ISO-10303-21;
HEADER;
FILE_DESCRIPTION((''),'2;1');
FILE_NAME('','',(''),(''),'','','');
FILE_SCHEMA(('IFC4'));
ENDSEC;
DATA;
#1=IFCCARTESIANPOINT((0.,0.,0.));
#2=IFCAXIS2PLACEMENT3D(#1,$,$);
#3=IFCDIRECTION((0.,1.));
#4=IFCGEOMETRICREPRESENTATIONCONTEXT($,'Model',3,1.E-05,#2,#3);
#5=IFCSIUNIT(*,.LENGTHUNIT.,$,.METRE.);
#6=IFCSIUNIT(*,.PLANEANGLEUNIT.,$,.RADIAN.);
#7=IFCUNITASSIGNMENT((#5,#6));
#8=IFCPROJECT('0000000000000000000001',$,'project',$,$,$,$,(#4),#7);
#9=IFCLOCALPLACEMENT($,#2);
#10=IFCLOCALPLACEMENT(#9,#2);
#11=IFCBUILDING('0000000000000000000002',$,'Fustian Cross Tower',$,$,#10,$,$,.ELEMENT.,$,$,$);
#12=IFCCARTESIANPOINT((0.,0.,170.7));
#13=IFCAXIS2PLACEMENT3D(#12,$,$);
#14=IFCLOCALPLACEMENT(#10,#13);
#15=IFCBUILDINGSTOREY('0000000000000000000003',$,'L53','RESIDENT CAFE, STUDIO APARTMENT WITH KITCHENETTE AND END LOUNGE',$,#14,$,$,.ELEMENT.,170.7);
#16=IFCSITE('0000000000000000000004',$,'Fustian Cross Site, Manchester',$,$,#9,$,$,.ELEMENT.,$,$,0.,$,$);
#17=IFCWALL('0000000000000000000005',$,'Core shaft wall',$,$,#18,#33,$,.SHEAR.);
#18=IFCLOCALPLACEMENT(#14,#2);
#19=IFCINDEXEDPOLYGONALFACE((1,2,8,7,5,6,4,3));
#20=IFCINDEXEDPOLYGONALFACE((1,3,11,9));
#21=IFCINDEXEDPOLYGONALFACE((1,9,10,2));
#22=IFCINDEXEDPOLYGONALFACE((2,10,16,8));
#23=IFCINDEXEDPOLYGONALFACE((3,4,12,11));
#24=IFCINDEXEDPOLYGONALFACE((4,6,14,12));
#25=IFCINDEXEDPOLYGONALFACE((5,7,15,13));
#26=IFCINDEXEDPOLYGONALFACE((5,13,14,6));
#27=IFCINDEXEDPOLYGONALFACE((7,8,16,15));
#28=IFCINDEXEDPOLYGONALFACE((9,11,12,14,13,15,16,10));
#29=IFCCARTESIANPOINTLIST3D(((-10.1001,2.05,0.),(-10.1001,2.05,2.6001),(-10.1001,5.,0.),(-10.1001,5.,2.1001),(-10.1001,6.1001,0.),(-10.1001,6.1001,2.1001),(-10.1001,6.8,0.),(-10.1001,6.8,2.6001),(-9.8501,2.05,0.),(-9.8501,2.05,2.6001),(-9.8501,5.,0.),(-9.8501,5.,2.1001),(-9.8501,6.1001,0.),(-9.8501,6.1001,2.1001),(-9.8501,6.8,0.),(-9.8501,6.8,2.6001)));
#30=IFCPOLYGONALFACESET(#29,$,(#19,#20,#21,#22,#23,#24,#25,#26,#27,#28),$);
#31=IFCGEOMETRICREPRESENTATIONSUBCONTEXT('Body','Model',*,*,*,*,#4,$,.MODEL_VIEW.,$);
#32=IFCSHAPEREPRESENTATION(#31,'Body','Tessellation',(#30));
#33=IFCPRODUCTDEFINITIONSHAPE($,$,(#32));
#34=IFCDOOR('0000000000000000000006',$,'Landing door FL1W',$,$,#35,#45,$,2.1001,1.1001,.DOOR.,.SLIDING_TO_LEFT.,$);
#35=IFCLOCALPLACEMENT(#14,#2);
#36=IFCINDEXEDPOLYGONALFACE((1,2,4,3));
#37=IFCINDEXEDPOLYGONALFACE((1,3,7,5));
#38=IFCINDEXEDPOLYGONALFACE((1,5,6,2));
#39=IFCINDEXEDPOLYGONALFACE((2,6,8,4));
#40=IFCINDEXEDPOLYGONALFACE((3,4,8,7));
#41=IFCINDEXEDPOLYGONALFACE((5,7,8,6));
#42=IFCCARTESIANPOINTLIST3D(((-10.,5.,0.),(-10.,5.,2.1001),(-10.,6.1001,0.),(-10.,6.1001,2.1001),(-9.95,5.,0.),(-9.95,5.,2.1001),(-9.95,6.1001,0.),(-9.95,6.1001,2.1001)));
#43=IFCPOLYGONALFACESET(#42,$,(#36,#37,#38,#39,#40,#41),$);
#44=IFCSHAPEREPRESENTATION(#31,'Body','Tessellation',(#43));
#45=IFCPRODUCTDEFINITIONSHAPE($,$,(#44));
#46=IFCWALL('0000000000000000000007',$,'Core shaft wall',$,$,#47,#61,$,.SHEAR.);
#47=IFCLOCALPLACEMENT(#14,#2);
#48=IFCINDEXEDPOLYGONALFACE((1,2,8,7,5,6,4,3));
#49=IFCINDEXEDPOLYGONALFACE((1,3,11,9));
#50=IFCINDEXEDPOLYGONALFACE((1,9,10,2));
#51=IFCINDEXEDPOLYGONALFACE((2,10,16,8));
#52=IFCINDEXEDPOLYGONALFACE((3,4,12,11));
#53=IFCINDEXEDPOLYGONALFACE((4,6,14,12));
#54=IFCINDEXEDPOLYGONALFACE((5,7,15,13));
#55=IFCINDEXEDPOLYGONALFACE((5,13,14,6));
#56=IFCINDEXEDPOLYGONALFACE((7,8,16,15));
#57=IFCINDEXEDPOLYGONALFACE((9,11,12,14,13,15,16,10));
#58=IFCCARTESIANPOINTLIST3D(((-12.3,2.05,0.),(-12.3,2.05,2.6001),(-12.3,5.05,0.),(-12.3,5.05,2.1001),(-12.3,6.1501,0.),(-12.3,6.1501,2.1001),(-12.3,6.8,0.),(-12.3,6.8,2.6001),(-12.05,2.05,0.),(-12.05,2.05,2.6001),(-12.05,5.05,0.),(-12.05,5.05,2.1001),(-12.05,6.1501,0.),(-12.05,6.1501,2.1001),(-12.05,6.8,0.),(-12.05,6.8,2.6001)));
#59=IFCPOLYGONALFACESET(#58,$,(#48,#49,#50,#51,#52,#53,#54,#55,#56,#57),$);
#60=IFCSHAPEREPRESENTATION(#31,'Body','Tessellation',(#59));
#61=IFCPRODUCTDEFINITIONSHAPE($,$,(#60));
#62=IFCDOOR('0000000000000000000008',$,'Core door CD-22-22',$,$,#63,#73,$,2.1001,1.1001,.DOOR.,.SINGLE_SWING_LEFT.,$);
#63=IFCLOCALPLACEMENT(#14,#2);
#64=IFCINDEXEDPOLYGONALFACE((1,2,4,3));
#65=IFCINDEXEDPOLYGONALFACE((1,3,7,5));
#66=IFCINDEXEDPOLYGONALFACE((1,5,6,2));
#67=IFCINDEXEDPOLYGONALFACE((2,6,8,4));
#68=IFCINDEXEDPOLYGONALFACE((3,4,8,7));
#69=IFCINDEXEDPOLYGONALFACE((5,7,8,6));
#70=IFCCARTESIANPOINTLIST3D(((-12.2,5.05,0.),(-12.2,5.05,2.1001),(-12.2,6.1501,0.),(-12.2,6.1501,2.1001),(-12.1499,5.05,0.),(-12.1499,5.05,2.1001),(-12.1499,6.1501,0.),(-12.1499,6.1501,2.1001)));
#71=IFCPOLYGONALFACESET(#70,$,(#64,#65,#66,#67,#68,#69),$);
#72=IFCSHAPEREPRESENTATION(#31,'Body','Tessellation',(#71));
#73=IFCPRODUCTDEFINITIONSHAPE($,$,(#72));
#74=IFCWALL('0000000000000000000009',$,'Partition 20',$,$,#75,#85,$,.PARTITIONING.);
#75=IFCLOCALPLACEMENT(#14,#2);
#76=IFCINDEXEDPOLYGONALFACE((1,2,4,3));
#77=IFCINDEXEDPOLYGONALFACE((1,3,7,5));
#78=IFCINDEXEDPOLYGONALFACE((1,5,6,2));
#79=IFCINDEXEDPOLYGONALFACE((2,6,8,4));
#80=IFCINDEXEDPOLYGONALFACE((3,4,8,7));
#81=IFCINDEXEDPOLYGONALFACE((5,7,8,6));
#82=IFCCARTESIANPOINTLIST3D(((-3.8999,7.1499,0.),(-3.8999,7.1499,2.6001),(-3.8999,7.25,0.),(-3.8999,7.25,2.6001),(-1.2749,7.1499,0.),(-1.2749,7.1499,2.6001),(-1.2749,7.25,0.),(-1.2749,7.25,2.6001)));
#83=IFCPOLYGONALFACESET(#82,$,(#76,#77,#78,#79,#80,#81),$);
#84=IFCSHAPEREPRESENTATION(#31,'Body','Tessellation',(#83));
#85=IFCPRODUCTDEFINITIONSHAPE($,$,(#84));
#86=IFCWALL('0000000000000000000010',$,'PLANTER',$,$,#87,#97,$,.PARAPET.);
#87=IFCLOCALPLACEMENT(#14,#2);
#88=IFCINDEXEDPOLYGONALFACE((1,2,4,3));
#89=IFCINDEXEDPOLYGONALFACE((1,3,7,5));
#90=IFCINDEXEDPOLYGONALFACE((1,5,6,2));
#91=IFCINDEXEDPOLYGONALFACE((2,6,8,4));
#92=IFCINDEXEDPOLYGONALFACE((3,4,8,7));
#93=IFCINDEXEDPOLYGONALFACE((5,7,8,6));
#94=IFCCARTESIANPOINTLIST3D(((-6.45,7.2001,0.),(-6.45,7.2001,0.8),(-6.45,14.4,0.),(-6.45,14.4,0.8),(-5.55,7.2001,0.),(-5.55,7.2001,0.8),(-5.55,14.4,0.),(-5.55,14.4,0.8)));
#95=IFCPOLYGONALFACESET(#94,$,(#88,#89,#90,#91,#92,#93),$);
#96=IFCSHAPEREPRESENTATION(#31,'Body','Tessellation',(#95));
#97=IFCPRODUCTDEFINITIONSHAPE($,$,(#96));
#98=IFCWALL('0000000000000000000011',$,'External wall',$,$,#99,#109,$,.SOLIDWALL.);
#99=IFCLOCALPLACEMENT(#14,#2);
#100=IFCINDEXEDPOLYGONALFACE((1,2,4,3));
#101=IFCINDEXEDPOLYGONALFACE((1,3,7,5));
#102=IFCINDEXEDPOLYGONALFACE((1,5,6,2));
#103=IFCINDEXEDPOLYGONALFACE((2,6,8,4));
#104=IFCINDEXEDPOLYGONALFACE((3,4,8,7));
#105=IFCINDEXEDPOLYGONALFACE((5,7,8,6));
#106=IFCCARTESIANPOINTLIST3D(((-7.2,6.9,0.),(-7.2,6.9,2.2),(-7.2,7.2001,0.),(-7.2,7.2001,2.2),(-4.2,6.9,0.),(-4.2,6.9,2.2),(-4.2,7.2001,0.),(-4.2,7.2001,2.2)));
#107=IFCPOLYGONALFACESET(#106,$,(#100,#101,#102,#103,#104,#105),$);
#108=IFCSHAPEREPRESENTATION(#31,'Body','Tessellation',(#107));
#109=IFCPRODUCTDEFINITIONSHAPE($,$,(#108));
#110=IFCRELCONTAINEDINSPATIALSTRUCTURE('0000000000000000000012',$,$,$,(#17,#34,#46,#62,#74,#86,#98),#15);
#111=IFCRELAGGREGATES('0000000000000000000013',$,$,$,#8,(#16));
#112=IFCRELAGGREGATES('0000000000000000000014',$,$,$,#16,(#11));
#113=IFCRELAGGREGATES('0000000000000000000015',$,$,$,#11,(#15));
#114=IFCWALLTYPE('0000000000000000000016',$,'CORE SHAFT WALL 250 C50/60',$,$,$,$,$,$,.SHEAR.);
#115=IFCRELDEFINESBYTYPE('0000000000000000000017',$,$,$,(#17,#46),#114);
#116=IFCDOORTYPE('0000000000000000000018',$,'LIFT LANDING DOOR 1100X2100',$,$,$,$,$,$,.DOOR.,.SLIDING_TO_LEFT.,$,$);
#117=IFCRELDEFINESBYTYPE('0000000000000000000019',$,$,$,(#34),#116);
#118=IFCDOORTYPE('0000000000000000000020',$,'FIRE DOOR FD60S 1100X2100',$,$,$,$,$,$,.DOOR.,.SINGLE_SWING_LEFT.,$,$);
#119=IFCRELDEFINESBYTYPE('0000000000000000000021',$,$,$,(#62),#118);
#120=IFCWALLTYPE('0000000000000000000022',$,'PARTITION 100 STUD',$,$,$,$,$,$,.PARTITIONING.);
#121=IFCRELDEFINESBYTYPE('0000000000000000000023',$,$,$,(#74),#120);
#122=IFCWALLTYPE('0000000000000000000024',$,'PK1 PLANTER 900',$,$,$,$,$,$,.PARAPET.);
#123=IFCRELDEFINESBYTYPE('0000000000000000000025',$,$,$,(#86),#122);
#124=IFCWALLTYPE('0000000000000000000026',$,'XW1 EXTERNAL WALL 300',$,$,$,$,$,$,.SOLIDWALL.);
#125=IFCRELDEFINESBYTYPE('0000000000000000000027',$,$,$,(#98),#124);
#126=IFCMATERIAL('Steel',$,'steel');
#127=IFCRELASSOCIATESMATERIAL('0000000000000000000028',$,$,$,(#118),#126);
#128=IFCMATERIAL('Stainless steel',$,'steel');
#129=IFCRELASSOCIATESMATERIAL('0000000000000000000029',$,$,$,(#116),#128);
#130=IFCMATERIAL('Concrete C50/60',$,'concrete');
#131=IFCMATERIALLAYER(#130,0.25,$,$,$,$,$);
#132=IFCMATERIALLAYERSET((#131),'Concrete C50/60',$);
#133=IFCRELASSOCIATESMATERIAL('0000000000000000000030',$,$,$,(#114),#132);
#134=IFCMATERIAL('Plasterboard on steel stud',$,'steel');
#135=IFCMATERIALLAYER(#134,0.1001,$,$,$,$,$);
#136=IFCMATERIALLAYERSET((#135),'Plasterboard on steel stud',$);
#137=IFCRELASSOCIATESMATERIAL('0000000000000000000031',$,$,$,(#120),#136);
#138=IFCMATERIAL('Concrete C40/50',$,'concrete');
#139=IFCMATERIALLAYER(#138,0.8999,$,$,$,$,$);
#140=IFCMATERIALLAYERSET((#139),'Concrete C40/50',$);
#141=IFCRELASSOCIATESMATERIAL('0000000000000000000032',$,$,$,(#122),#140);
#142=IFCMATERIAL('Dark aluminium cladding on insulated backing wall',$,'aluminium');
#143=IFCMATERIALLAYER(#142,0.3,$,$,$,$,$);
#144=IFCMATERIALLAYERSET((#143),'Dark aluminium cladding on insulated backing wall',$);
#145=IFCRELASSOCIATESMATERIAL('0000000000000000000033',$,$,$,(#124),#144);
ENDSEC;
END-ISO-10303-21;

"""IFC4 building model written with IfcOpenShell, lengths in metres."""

from ifc_helpers import new_model, si_unit, direction, frame, frame_2d, origin, place, context, subcontext, project, spatial, rectangle, extrude, material, layer, layer_set, type_object, element, fill, save


model = new_model("IFC4")

# Units and contexts
model_context = context("Model", 3, precision=1e-05, world=origin(), true_north=direction((0.0, 1.0)))
body_context = subcontext(model_context, "Body", "Model", "MODEL_VIEW")
ifc_project = project(units=[si_unit("LENGTHUNIT", "METRE"), si_unit("PLANEANGLEUNIT", "RADIAN")], contexts=[model_context])

# Site, building, storey
site_placement = place(None, origin())
site = spatial("IfcSite", under=ifc_project, at=site_placement, Name="Fustian Cross Site, Manchester", CompositionType="ELEMENT", RefElevation=0.0)
building_placement = place(site_placement, origin())
building = spatial("IfcBuilding", under=site, at=building_placement, Name="Fustian Cross Tower", CompositionType="ELEMENT")
storey_placement = place(building_placement, frame((0.0, 0.0, 170.7)))
storey = spatial("IfcBuildingStorey", under=building, at=storey_placement, Name="L53", Description="RESIDENT CAFE, STUDIO APARTMENT WITH KITCHENETTE AND END LOUNGE", CompositionType="ELEMENT", Elevation=170.7)

# Shared definitions
ifc_material_1 = material(Name="Steel", Category="steel")
door_type_1 = type_object("IfcDoorType", Name="FIRE DOOR FD60S 1100X2100", OperationType="SINGLE_SWING_LEFT", PredefinedType="DOOR", material=ifc_material_1)
ifc_material_2 = material(Name="Stainless steel", Category="steel")
door_type_2 = type_object("IfcDoorType", Name="LIFT LANDING DOOR 1100X2100", OperationType="SLIDING_TO_LEFT", PredefinedType="DOOR", material=ifc_material_2)

# Shared definitions
ifc_material_3 = material(Name="Concrete C50/60", Category="concrete")
ifc_layer_1 = layer(ifc_material_3, 0.25)
ifc_layer_set_1 = layer_set([ifc_layer_1], Name="Concrete C50/60")
wall_type_1 = type_object("IfcWallType", Name="CORE SHAFT WALL 250 C50/60", PredefinedType="SHEAR", material=ifc_layer_set_1)

# Walls, openings, doors
wall_1_placement = place(storey_placement, frame((-9.9751, 2.05, 0.0), z_axis=(0.0, 0.0, 1.0), x_axis=(0.0, 1.0, 0.0)))
wall_1 = element("IfcWall", 1, at=wall_1_placement, inside=storey, type_object=wall_type_1, Name="Core shaft wall", PredefinedType="SHEAR", context=body_context, shape_type="SweptSolid", body=[
    extrude(rectangle(XDim=4.75, YDim=0.25, at=frame_2d((2.375, 0.0))), origin(), (0.0, 0.0, 1.0), 2.6001),
])
opening_1_placement = place(wall_1_placement, frame((2.95, 0.0, 0.0)))
opening_1 = element("IfcOpeningElement", 2, at=opening_1_placement, cuts=wall_1, PredefinedType="OPENING", context=body_context, shape_type="SweptSolid", body=[
    extrude(rectangle(XDim=1.1001, YDim=2.1001, at=frame_2d((0.55, 1.05))), frame((0.0, 0.135, 0.0), z_axis=(0.0, -1.0, 0.0), x_axis=(1.0, 0.0, 0.0)), (0.0, 0.0, 1.0), 0.27),
])
door_1_placement = place(opening_1_placement, origin())
door_1 = element("IfcDoor", 3, at=door_1_placement, inside=storey, type_object=door_type_2, Name="Landing door FL1W", OperationType="SLIDING_TO_LEFT", OverallHeight=2.1001, OverallWidth=1.1001, PredefinedType="DOOR", context=body_context, shape_type="SweptSolid", body=[
    extrude(rectangle(XDim=1.1001, YDim=2.1001, at=frame_2d((0.55, 1.05))), frame((0.0, 0.0249, 0.0), z_axis=(0.0, -1.0, 0.0), x_axis=(1.0, 0.0, 0.0)), (0.0, 0.0, 1.0), 0.05),
])
fill(opening_1, door_1)
wall_2_placement = place(storey_placement, frame((-12.175, 2.05, 0.0), z_axis=(0.0, 0.0, 1.0), x_axis=(0.0, 1.0, 0.0)))
wall_2 = element("IfcWall", 4, at=wall_2_placement, inside=storey, type_object=wall_type_1, Name="Core shaft wall", PredefinedType="SHEAR", context=body_context, shape_type="SweptSolid", body=[
    extrude(rectangle(XDim=4.75, YDim=0.25, at=frame_2d((2.375, 0.0))), origin(), (0.0, 0.0, 1.0), 2.6001),
])
opening_2_placement = place(wall_2_placement, frame((3.0, 0.0, 0.0)))
opening_2 = element("IfcOpeningElement", 5, at=opening_2_placement, cuts=wall_2, PredefinedType="OPENING", context=body_context, shape_type="SweptSolid", body=[
    extrude(rectangle(XDim=1.1001, YDim=2.1001, at=frame_2d((0.55, 1.05))), frame((0.0, 0.135, 0.0), z_axis=(0.0, -1.0, 0.0), x_axis=(1.0, 0.0, 0.0)), (0.0, 0.0, 1.0), 0.27),
])
door_2_placement = place(opening_2_placement, origin())
door_2 = element("IfcDoor", 6, at=door_2_placement, inside=storey, type_object=door_type_1, Name="Core door CD-22-22", OperationType="SINGLE_SWING_LEFT", OverallHeight=2.1001, OverallWidth=1.1001, PredefinedType="DOOR", context=body_context, shape_type="SweptSolid", body=[
    extrude(rectangle(XDim=1.1001, YDim=2.1001, at=frame_2d((0.55, 1.05))), frame((0.0, 0.0249, 0.0), z_axis=(0.0, -1.0, 0.0), x_axis=(1.0, 0.0, 0.0)), (0.0, 0.0, 1.0), 0.05),
])
fill(opening_2, door_2)

# Walls
ifc_material_4 = material(Name="Plasterboard on steel stud", Category="steel")
ifc_layer_2 = layer(ifc_material_4, 0.1001)
ifc_layer_set_2 = layer_set([ifc_layer_2], Name="Plasterboard on steel stud")
wall_type_2 = type_object("IfcWallType", Name="PARTITION 100 STUD", PredefinedType="PARTITIONING", material=ifc_layer_set_2)
wall_3_placement = place(storey_placement, frame((-3.8999, 7.2, 0.0), z_axis=(0.0, 0.0, 1.0), x_axis=(1.0, 0.0, 0.0)))
element("IfcWall", 7, at=wall_3_placement, inside=storey, type_object=wall_type_2, Name="Partition 20", PredefinedType="PARTITIONING", context=body_context, shape_type="SweptSolid", body=[
    extrude(rectangle(XDim=2.625, YDim=0.1001, at=frame_2d((1.3125, 0.0))), origin(), (0.0, 0.0, 1.0), 2.6001),
])
ifc_material_5 = material(Name="Concrete C40/50", Category="concrete")
ifc_layer_3 = layer(ifc_material_5, 0.8999)
ifc_layer_set_3 = layer_set([ifc_layer_3], Name="Concrete C40/50")
wall_type_3 = type_object("IfcWallType", Name="PK1 PLANTER 900", PredefinedType="PARAPET", material=ifc_layer_set_3)
wall_4_placement = place(storey_placement, frame((-6.0, 7.2, 0.0), z_axis=(0.0, 0.0, 1.0), x_axis=(0.0, 1.0, 0.0)))
element("IfcWall", 8, at=wall_4_placement, inside=storey, type_object=wall_type_3, Name="PLANTER", PredefinedType="PARAPET", context=body_context, shape_type="SweptSolid", body=[
    extrude(rectangle(XDim=7.2, YDim=0.8999, at=frame_2d((3.6001, 0.0))), origin(), (0.0, 0.0, 1.0), 0.8),
])
ifc_material_6 = material(Name="Dark aluminium cladding on insulated backing wall", Category="aluminium")
ifc_layer_4 = layer(ifc_material_6, 0.3)
ifc_layer_set_4 = layer_set([ifc_layer_4], Name="Dark aluminium cladding on insulated backing wall")
wall_type_4 = type_object("IfcWallType", Name="XW1 EXTERNAL WALL 300", PredefinedType="SOLIDWALL", material=ifc_layer_set_4)
wall_5_placement = place(storey_placement, frame((-4.2, 7.05, 0.0), z_axis=(0.0, 0.0, 1.0), x_axis=(-1.0, 0.0, 0.0)))
element("IfcWall", 9, at=wall_5_placement, inside=storey, type_object=wall_type_4, Name="External wall", PredefinedType="SOLIDWALL", context=body_context, shape_type="SweptSolid", body=[
    extrude(rectangle(XDim=3.0, YDim=0.3, at=frame_2d((1.5, 0.0))), origin(), (0.0, 0.0, 1.0), 2.2),
])

save(model, "model.ifc")
